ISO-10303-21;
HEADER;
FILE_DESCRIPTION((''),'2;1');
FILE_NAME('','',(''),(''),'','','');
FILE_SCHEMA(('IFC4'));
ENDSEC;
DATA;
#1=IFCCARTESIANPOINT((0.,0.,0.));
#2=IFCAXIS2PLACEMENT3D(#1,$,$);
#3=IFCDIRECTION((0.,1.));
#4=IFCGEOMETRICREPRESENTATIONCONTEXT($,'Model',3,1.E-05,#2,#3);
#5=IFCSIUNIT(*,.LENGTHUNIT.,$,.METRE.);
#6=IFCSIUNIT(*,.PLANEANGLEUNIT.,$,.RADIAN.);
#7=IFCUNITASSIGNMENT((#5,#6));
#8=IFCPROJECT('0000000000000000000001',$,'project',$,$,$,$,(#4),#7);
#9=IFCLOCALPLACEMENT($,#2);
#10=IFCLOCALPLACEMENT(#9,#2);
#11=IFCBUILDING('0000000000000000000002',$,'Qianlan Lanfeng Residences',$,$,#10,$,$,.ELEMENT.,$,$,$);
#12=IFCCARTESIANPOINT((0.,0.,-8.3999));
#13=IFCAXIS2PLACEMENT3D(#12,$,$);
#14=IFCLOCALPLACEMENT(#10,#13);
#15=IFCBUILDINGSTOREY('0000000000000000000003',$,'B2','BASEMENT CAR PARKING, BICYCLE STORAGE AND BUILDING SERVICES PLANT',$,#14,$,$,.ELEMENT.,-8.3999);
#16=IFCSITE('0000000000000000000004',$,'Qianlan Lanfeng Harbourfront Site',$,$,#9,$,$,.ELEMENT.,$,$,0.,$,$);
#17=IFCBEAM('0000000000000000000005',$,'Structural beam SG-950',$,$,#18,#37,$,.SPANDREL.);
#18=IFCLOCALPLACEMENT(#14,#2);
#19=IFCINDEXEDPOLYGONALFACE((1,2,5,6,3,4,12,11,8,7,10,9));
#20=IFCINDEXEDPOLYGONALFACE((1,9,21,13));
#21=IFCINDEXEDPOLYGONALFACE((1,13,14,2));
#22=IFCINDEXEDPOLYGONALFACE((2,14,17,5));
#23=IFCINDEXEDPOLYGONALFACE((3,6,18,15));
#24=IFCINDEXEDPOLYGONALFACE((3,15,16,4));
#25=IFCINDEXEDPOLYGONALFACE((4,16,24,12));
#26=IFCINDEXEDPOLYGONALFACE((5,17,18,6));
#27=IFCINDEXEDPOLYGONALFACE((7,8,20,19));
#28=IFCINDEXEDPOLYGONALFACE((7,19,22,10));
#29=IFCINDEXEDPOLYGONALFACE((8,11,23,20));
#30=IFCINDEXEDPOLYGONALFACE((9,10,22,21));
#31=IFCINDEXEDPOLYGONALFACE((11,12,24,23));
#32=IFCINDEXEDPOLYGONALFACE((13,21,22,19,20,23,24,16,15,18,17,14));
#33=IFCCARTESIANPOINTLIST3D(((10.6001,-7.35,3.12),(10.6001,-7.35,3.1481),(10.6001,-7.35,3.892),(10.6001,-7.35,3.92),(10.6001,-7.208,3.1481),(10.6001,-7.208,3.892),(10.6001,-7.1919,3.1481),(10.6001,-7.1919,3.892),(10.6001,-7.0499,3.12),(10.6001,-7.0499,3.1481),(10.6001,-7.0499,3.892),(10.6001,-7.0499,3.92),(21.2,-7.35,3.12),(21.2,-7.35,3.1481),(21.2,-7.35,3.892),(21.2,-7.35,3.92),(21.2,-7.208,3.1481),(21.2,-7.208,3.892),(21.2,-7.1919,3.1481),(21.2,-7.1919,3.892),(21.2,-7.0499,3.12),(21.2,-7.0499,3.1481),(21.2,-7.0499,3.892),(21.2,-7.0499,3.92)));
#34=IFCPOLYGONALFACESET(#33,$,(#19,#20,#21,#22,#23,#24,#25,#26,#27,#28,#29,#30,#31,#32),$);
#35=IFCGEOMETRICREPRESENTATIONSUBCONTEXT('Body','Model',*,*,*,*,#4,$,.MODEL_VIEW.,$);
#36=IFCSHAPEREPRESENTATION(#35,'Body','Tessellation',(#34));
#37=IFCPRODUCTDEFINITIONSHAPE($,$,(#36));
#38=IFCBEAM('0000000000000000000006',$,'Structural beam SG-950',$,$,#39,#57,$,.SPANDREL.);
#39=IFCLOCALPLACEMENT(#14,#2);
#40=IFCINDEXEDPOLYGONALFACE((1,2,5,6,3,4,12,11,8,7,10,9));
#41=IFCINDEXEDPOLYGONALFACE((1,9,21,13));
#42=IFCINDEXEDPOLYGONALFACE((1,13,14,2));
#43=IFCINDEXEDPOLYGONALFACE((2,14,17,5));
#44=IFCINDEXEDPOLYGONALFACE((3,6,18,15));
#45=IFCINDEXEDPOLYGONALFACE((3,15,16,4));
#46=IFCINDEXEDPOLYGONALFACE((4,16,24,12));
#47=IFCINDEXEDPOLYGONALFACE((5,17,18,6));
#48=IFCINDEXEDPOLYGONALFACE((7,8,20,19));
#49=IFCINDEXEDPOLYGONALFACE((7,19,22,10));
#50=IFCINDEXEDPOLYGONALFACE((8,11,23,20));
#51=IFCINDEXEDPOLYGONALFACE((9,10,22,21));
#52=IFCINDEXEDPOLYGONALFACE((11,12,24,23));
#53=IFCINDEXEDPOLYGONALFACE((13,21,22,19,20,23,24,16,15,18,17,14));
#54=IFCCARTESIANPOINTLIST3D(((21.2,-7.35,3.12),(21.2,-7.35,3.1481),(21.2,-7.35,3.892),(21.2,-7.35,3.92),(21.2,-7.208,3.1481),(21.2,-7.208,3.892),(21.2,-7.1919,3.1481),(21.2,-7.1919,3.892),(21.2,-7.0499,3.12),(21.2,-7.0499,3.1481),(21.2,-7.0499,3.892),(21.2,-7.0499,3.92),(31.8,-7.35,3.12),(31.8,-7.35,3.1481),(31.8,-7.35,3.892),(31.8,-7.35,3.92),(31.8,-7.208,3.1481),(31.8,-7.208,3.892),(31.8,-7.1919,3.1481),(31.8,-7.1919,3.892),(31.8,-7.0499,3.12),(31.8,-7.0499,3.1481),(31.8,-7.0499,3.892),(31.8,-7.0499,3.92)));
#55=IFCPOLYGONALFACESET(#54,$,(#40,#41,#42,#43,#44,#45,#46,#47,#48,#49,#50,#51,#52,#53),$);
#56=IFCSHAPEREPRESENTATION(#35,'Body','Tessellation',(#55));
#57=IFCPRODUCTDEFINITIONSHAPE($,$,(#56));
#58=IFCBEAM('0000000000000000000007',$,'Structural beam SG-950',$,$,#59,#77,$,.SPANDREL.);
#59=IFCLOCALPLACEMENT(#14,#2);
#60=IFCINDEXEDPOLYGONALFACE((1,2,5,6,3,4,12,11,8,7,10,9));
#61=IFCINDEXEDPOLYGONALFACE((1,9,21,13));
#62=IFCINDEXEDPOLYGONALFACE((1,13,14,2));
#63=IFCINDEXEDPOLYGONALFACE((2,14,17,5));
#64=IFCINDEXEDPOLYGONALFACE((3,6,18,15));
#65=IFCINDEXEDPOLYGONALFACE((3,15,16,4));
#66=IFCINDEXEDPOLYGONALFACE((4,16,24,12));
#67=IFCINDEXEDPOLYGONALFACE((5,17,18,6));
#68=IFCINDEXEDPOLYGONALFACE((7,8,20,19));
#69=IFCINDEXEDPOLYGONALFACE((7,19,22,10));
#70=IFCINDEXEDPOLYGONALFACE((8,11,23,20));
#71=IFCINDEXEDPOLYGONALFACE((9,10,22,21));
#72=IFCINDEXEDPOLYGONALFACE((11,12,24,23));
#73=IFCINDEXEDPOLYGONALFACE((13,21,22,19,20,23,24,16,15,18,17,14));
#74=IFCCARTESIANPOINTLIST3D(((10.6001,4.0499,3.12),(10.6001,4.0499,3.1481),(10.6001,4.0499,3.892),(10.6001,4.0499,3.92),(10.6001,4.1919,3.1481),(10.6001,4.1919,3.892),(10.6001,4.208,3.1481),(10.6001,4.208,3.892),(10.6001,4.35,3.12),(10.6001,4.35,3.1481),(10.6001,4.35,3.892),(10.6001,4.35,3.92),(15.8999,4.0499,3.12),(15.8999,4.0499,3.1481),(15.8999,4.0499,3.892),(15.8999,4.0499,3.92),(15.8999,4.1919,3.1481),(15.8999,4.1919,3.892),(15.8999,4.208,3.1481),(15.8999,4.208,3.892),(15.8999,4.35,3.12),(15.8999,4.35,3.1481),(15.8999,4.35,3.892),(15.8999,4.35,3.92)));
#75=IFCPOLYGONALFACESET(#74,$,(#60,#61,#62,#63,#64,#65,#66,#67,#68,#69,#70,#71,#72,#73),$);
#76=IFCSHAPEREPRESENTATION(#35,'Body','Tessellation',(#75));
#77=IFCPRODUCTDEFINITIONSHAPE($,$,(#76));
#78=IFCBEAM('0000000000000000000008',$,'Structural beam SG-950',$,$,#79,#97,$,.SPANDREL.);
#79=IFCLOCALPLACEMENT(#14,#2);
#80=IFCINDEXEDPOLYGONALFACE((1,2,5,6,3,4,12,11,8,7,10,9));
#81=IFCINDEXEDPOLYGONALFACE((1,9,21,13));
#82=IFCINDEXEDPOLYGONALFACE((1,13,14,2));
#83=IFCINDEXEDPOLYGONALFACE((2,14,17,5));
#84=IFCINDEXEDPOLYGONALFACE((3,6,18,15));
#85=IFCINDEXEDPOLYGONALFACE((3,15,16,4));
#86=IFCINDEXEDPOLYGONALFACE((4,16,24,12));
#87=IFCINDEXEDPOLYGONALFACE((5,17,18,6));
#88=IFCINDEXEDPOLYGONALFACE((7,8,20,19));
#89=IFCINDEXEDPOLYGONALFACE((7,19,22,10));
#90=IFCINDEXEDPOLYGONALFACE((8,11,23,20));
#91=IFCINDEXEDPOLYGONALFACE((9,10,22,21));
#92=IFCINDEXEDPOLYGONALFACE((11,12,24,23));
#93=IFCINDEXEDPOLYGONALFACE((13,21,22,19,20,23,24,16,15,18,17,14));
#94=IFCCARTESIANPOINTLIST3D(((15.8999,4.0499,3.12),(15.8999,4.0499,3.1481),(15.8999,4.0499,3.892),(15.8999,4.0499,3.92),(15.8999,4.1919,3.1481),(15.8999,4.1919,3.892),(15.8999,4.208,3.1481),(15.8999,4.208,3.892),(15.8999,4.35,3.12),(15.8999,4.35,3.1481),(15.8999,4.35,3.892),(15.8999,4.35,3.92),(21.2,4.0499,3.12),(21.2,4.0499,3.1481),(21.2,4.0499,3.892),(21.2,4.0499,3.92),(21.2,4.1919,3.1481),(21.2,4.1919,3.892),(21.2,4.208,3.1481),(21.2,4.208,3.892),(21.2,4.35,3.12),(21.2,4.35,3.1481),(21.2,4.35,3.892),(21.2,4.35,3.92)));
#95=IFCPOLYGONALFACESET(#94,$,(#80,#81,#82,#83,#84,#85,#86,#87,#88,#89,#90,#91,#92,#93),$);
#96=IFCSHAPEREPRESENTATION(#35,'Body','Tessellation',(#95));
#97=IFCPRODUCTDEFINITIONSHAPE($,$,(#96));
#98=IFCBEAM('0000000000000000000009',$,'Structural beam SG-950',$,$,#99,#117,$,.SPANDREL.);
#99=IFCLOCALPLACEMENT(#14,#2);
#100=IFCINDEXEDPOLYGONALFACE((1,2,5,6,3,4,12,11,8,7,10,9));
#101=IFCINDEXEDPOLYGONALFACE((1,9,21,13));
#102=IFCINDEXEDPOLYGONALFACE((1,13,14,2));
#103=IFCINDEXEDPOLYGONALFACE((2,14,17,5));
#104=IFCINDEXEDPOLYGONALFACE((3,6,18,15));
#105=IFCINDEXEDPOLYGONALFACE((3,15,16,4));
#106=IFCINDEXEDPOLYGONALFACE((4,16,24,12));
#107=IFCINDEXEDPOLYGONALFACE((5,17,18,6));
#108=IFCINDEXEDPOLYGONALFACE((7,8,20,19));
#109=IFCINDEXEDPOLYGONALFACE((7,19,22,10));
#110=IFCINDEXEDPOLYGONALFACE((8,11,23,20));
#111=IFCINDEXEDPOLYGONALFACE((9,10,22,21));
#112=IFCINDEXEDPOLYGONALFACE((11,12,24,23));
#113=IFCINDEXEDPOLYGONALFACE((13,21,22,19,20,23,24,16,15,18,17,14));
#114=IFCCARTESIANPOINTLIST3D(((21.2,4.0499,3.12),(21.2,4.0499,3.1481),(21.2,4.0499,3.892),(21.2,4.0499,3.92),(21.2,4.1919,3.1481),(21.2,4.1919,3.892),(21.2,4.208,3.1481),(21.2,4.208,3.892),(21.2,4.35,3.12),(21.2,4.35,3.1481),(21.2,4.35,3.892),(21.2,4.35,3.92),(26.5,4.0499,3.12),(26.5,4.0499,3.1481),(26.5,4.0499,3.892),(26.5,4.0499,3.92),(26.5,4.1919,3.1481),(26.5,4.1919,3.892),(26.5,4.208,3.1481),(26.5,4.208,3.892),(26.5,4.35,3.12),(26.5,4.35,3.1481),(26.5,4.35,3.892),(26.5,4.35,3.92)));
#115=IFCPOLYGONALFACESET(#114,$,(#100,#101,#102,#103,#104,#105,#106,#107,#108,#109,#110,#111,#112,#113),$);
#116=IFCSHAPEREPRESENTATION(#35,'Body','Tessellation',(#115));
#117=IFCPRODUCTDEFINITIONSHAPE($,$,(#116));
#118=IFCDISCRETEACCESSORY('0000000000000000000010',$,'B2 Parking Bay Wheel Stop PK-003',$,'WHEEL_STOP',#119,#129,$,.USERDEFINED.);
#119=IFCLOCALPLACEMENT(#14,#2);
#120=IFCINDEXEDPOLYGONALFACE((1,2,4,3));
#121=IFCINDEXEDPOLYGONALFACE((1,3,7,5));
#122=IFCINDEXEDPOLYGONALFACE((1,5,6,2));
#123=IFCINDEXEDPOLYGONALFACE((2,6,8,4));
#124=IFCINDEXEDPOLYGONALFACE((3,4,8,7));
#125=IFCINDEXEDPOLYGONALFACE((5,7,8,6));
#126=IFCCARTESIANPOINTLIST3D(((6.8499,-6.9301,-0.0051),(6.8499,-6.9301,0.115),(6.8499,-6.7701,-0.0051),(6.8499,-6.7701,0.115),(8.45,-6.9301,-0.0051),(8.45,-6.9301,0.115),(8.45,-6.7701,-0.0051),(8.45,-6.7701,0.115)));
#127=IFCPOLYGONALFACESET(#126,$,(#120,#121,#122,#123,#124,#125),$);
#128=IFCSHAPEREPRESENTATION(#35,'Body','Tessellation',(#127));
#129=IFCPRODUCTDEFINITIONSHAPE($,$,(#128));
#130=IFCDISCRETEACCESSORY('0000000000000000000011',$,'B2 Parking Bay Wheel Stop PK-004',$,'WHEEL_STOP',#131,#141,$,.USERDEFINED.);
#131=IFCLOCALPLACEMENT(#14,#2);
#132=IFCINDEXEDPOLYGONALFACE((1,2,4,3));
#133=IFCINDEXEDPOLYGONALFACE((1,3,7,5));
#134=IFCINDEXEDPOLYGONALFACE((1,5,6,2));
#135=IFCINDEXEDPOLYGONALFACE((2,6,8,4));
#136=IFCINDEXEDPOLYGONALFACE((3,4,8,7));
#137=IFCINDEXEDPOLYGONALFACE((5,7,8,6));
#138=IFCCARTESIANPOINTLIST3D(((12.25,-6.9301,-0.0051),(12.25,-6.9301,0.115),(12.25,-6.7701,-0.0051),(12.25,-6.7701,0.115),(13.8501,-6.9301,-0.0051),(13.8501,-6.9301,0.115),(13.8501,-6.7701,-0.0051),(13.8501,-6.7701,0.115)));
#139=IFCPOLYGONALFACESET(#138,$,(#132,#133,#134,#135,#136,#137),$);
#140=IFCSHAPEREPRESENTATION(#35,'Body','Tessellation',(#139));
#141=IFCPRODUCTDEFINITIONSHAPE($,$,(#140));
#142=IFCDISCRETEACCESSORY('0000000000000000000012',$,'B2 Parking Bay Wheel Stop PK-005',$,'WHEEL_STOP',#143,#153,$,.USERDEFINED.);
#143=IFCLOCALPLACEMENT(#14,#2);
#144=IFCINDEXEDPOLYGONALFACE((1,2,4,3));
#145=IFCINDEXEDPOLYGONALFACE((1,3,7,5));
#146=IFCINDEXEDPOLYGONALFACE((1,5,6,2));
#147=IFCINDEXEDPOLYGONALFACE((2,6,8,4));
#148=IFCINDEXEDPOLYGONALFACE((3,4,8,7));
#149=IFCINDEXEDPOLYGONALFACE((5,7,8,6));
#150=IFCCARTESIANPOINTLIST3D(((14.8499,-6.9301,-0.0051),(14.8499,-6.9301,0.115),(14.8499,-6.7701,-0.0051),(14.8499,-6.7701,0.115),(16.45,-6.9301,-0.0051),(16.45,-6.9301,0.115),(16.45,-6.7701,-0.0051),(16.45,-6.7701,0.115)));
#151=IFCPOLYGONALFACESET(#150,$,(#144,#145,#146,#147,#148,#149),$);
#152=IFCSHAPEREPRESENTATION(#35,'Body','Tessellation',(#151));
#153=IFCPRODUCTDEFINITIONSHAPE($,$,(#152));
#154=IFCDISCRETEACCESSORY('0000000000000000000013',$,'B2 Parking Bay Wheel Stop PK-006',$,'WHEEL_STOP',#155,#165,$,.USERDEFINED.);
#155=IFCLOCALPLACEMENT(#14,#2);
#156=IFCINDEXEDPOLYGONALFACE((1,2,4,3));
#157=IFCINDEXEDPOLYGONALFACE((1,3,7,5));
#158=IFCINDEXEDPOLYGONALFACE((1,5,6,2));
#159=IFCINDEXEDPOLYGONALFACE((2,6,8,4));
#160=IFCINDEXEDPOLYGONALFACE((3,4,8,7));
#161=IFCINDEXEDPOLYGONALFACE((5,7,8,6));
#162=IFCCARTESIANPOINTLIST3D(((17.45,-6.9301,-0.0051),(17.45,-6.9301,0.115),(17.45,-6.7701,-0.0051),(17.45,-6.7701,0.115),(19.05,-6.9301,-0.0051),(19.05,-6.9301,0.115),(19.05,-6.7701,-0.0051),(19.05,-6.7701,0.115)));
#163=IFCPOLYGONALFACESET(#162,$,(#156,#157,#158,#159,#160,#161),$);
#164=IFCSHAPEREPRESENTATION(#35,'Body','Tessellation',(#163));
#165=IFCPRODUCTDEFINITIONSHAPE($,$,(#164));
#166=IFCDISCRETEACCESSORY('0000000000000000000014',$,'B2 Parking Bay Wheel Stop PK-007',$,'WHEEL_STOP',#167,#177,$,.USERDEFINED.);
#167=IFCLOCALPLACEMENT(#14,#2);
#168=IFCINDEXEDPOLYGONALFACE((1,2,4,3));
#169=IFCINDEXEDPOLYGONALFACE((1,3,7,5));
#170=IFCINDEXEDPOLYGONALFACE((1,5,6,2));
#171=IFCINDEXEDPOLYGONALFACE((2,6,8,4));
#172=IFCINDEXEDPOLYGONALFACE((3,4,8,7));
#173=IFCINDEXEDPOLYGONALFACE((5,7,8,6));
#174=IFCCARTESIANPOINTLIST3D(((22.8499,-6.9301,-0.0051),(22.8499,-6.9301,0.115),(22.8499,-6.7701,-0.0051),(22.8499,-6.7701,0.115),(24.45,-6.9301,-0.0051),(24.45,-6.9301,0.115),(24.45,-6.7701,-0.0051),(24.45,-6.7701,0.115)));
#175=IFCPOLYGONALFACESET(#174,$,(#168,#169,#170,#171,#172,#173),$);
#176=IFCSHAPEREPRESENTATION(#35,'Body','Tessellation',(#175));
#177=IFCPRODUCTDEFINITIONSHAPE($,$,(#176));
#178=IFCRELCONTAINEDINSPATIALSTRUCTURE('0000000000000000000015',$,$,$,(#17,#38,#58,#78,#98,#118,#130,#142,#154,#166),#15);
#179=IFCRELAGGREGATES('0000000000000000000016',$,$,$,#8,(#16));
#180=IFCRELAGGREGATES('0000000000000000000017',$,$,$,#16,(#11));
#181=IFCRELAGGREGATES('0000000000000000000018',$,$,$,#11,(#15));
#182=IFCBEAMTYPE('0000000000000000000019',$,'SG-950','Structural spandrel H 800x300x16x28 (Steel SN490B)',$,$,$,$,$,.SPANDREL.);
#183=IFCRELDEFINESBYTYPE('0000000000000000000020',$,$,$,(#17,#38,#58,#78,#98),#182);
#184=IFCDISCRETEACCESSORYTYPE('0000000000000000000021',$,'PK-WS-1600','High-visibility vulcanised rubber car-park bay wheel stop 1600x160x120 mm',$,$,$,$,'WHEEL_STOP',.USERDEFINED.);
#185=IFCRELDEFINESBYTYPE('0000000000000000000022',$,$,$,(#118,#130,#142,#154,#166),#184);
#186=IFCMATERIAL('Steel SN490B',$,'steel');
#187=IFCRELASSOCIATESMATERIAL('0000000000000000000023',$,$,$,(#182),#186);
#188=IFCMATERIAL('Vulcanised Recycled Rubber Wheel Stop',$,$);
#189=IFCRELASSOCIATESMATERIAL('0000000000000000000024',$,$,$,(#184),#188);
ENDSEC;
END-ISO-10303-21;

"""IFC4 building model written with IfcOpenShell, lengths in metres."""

from ifc_helpers import new_model, si_unit, direction, frame, origin, origin_2d, place, context, subcontext, project, spatial, rectangle, i_section, extrude, source, transform, mapped, material, material_profile, profile_set, type_object, element, save


model = new_model("IFC4")

# Units and contexts
model_context = context("Model", 3, precision=1e-05, world=origin(), true_north=direction((0.0, 1.0)))
body_context = subcontext(model_context, "Body", "Model", "MODEL_VIEW")
ifc_project = project(units=[si_unit("LENGTHUNIT", "METRE"), si_unit("PLANEANGLEUNIT", "RADIAN")], contexts=[model_context])

# Site, building, storey
site_placement = place(None, origin())
site = spatial("IfcSite", under=ifc_project, at=site_placement, Name="Qianlan Lanfeng Harbourfront Site", CompositionType="ELEMENT", RefElevation=0.0)
building_placement = place(site_placement, origin())
building = spatial("IfcBuilding", under=site, at=building_placement, Name="Qianlan Lanfeng Residences", CompositionType="ELEMENT")
storey_placement = place(building_placement, frame((0.0, 0.0, -8.3999)))
storey = spatial("IfcBuildingStorey", under=building, at=storey_placement, Name="B2", Description="BASEMENT CAR PARKING, BICYCLE STORAGE AND BUILDING SERVICES PLANT", CompositionType="ELEMENT", Elevation=-8.3999)

# Beams
ifc_material_1 = material(Name="Steel SN490B", Category="steel")
ifc_material_profile_1 = material_profile(ifc_material_1, i_section(OverallWidth=0.3, OverallDepth=0.8, WebThickness=0.0161, FlangeThickness=0.0281, at=origin_2d()), Name="H 800x300x16x28")
ifc_profile_set_1 = profile_set([ifc_material_profile_1], Name="Steel SN490B")
beam_type_1 = type_object("IfcBeamType", Name="SG-950", Description="Structural spandrel H 800x300x16x28 (Steel SN490B)", PredefinedType="SPANDREL", material=ifc_profile_set_1)
beam_1_placement = place(storey_placement, frame((10.6001, -7.2, 3.52), z_axis=(1.0, 0.0, 0.0), x_axis=(0.0, 1.0, 0.0)))
element("IfcBeam", 1, at=beam_1_placement, inside=storey, type_object=beam_type_1, Name="Structural beam SG-950", PredefinedType="SPANDREL", context=body_context, shape_type="SweptSolid", body=[
    extrude(i_section(OverallWidth=0.3, OverallDepth=0.8, WebThickness=0.0161, FlangeThickness=0.0281, at=origin_2d()), origin(), (0.0, 0.0, 1.0), 10.5999),
])
beam_2_placement = place(storey_placement, frame((21.2, -7.2, 3.52), z_axis=(1.0, 0.0, 0.0), x_axis=(0.0, 1.0, 0.0)))
element("IfcBeam", 2, at=beam_2_placement, inside=storey, type_object=beam_type_1, Name="Structural beam SG-950", PredefinedType="SPANDREL", context=body_context, shape_type="SweptSolid", body=[
    extrude(i_section(OverallWidth=0.3, OverallDepth=0.8, WebThickness=0.0161, FlangeThickness=0.0281, at=origin_2d()), origin(), (0.0, 0.0, 1.0), 10.6001),
])
beam_3_placement = place(storey_placement, frame((10.6001, 4.2, 3.52), z_axis=(1.0, 0.0, 0.0), x_axis=(0.0, 1.0, 0.0)))
element("IfcBeam", 3, at=beam_3_placement, inside=storey, type_object=beam_type_1, Name="Structural beam SG-950", PredefinedType="SPANDREL", context=body_context, shape_type="SweptSolid", body=[
    extrude(i_section(OverallWidth=0.3, OverallDepth=0.8, WebThickness=0.0161, FlangeThickness=0.0281, at=origin_2d()), origin(), (0.0, 0.0, 1.0), 5.2998),
])
for number, where, z_axis, x_axis, name in (
    (4, (15.8999, 4.2, 3.52), (1.0, 0.0, 0.0), (0.0, 1.0, 0.0), "Structural beam SG-950"),
    (5, (21.2, 4.2, 3.52), (1.0, 0.0, 0.0), (0.0, 1.0, 0.0), "Structural beam SG-950"),
):
    element("IfcBeam", number, at=place(storey_placement, frame(where, z_axis=z_axis, x_axis=x_axis)), inside=storey, type_object=beam_type_1, Name=name, PredefinedType="SPANDREL", context=body_context, shape_type="SweptSolid", body=[
        extrude(i_section(OverallWidth=0.3, OverallDepth=0.8, WebThickness=0.0161, FlangeThickness=0.0281, at=origin_2d()), origin(), (0.0, 0.0, 1.0), 5.3),
    ])

# Discrete accessories
ifc_material_2 = material(Name="Vulcanised Recycled Rubber Wheel Stop")
discrete_accessory_type = type_object("IfcDiscreteAccessoryType", Name="PK-WS-1600", Description="High-visibility vulcanised rubber car-park bay wheel stop 1600x160x120 mm", ElementType="WHEEL_STOP", PredefinedType="USERDEFINED", material=ifc_material_2)
shared_shape = source(origin(), body_context, "Body", "SweptSolid", [
    extrude(rectangle(XDim=1.6001, YDim=0.1599, at=origin_2d()), origin(), (0.0, 0.0, 1.0), 0.1201),
])
for number, where, z_axis, x_axis, name in (
    (6, (7.6499, -6.8501, -0.0051), (0.0, 0.0, 1.0), (1.0, 0.0, 0.0), "B2 Parking Bay Wheel Stop PK-003"),
    (7, (13.05, -6.8501, -0.0051), (0.0, 0.0, 1.0), (1.0, 0.0, 0.0), "B2 Parking Bay Wheel Stop PK-004"),
    (8, (15.6499, -6.8501, -0.0051), (0.0, 0.0, 1.0), (1.0, 0.0, 0.0), "B2 Parking Bay Wheel Stop PK-005"),
    (9, (18.25, -6.8501, -0.0051), (0.0, 0.0, 1.0), (1.0, 0.0, 0.0), "B2 Parking Bay Wheel Stop PK-006"),
    (10, (23.6499, -6.8501, -0.0051), (0.0, 0.0, 1.0), (1.0, 0.0, 0.0), "B2 Parking Bay Wheel Stop PK-007"),
):
    element("IfcDiscreteAccessory", number, at=place(storey_placement, frame(where, z_axis=z_axis, x_axis=x_axis)), inside=storey, type_object=discrete_accessory_type, Name=name, ObjectType="WHEEL_STOP", PredefinedType="USERDEFINED", context=body_context, shape_type="MappedRepresentation", body=[
        mapped(shared_shape, transform((0.0, 0.0, 0.0), scale=1.0)),
    ])

save(model, "model.ifc")
